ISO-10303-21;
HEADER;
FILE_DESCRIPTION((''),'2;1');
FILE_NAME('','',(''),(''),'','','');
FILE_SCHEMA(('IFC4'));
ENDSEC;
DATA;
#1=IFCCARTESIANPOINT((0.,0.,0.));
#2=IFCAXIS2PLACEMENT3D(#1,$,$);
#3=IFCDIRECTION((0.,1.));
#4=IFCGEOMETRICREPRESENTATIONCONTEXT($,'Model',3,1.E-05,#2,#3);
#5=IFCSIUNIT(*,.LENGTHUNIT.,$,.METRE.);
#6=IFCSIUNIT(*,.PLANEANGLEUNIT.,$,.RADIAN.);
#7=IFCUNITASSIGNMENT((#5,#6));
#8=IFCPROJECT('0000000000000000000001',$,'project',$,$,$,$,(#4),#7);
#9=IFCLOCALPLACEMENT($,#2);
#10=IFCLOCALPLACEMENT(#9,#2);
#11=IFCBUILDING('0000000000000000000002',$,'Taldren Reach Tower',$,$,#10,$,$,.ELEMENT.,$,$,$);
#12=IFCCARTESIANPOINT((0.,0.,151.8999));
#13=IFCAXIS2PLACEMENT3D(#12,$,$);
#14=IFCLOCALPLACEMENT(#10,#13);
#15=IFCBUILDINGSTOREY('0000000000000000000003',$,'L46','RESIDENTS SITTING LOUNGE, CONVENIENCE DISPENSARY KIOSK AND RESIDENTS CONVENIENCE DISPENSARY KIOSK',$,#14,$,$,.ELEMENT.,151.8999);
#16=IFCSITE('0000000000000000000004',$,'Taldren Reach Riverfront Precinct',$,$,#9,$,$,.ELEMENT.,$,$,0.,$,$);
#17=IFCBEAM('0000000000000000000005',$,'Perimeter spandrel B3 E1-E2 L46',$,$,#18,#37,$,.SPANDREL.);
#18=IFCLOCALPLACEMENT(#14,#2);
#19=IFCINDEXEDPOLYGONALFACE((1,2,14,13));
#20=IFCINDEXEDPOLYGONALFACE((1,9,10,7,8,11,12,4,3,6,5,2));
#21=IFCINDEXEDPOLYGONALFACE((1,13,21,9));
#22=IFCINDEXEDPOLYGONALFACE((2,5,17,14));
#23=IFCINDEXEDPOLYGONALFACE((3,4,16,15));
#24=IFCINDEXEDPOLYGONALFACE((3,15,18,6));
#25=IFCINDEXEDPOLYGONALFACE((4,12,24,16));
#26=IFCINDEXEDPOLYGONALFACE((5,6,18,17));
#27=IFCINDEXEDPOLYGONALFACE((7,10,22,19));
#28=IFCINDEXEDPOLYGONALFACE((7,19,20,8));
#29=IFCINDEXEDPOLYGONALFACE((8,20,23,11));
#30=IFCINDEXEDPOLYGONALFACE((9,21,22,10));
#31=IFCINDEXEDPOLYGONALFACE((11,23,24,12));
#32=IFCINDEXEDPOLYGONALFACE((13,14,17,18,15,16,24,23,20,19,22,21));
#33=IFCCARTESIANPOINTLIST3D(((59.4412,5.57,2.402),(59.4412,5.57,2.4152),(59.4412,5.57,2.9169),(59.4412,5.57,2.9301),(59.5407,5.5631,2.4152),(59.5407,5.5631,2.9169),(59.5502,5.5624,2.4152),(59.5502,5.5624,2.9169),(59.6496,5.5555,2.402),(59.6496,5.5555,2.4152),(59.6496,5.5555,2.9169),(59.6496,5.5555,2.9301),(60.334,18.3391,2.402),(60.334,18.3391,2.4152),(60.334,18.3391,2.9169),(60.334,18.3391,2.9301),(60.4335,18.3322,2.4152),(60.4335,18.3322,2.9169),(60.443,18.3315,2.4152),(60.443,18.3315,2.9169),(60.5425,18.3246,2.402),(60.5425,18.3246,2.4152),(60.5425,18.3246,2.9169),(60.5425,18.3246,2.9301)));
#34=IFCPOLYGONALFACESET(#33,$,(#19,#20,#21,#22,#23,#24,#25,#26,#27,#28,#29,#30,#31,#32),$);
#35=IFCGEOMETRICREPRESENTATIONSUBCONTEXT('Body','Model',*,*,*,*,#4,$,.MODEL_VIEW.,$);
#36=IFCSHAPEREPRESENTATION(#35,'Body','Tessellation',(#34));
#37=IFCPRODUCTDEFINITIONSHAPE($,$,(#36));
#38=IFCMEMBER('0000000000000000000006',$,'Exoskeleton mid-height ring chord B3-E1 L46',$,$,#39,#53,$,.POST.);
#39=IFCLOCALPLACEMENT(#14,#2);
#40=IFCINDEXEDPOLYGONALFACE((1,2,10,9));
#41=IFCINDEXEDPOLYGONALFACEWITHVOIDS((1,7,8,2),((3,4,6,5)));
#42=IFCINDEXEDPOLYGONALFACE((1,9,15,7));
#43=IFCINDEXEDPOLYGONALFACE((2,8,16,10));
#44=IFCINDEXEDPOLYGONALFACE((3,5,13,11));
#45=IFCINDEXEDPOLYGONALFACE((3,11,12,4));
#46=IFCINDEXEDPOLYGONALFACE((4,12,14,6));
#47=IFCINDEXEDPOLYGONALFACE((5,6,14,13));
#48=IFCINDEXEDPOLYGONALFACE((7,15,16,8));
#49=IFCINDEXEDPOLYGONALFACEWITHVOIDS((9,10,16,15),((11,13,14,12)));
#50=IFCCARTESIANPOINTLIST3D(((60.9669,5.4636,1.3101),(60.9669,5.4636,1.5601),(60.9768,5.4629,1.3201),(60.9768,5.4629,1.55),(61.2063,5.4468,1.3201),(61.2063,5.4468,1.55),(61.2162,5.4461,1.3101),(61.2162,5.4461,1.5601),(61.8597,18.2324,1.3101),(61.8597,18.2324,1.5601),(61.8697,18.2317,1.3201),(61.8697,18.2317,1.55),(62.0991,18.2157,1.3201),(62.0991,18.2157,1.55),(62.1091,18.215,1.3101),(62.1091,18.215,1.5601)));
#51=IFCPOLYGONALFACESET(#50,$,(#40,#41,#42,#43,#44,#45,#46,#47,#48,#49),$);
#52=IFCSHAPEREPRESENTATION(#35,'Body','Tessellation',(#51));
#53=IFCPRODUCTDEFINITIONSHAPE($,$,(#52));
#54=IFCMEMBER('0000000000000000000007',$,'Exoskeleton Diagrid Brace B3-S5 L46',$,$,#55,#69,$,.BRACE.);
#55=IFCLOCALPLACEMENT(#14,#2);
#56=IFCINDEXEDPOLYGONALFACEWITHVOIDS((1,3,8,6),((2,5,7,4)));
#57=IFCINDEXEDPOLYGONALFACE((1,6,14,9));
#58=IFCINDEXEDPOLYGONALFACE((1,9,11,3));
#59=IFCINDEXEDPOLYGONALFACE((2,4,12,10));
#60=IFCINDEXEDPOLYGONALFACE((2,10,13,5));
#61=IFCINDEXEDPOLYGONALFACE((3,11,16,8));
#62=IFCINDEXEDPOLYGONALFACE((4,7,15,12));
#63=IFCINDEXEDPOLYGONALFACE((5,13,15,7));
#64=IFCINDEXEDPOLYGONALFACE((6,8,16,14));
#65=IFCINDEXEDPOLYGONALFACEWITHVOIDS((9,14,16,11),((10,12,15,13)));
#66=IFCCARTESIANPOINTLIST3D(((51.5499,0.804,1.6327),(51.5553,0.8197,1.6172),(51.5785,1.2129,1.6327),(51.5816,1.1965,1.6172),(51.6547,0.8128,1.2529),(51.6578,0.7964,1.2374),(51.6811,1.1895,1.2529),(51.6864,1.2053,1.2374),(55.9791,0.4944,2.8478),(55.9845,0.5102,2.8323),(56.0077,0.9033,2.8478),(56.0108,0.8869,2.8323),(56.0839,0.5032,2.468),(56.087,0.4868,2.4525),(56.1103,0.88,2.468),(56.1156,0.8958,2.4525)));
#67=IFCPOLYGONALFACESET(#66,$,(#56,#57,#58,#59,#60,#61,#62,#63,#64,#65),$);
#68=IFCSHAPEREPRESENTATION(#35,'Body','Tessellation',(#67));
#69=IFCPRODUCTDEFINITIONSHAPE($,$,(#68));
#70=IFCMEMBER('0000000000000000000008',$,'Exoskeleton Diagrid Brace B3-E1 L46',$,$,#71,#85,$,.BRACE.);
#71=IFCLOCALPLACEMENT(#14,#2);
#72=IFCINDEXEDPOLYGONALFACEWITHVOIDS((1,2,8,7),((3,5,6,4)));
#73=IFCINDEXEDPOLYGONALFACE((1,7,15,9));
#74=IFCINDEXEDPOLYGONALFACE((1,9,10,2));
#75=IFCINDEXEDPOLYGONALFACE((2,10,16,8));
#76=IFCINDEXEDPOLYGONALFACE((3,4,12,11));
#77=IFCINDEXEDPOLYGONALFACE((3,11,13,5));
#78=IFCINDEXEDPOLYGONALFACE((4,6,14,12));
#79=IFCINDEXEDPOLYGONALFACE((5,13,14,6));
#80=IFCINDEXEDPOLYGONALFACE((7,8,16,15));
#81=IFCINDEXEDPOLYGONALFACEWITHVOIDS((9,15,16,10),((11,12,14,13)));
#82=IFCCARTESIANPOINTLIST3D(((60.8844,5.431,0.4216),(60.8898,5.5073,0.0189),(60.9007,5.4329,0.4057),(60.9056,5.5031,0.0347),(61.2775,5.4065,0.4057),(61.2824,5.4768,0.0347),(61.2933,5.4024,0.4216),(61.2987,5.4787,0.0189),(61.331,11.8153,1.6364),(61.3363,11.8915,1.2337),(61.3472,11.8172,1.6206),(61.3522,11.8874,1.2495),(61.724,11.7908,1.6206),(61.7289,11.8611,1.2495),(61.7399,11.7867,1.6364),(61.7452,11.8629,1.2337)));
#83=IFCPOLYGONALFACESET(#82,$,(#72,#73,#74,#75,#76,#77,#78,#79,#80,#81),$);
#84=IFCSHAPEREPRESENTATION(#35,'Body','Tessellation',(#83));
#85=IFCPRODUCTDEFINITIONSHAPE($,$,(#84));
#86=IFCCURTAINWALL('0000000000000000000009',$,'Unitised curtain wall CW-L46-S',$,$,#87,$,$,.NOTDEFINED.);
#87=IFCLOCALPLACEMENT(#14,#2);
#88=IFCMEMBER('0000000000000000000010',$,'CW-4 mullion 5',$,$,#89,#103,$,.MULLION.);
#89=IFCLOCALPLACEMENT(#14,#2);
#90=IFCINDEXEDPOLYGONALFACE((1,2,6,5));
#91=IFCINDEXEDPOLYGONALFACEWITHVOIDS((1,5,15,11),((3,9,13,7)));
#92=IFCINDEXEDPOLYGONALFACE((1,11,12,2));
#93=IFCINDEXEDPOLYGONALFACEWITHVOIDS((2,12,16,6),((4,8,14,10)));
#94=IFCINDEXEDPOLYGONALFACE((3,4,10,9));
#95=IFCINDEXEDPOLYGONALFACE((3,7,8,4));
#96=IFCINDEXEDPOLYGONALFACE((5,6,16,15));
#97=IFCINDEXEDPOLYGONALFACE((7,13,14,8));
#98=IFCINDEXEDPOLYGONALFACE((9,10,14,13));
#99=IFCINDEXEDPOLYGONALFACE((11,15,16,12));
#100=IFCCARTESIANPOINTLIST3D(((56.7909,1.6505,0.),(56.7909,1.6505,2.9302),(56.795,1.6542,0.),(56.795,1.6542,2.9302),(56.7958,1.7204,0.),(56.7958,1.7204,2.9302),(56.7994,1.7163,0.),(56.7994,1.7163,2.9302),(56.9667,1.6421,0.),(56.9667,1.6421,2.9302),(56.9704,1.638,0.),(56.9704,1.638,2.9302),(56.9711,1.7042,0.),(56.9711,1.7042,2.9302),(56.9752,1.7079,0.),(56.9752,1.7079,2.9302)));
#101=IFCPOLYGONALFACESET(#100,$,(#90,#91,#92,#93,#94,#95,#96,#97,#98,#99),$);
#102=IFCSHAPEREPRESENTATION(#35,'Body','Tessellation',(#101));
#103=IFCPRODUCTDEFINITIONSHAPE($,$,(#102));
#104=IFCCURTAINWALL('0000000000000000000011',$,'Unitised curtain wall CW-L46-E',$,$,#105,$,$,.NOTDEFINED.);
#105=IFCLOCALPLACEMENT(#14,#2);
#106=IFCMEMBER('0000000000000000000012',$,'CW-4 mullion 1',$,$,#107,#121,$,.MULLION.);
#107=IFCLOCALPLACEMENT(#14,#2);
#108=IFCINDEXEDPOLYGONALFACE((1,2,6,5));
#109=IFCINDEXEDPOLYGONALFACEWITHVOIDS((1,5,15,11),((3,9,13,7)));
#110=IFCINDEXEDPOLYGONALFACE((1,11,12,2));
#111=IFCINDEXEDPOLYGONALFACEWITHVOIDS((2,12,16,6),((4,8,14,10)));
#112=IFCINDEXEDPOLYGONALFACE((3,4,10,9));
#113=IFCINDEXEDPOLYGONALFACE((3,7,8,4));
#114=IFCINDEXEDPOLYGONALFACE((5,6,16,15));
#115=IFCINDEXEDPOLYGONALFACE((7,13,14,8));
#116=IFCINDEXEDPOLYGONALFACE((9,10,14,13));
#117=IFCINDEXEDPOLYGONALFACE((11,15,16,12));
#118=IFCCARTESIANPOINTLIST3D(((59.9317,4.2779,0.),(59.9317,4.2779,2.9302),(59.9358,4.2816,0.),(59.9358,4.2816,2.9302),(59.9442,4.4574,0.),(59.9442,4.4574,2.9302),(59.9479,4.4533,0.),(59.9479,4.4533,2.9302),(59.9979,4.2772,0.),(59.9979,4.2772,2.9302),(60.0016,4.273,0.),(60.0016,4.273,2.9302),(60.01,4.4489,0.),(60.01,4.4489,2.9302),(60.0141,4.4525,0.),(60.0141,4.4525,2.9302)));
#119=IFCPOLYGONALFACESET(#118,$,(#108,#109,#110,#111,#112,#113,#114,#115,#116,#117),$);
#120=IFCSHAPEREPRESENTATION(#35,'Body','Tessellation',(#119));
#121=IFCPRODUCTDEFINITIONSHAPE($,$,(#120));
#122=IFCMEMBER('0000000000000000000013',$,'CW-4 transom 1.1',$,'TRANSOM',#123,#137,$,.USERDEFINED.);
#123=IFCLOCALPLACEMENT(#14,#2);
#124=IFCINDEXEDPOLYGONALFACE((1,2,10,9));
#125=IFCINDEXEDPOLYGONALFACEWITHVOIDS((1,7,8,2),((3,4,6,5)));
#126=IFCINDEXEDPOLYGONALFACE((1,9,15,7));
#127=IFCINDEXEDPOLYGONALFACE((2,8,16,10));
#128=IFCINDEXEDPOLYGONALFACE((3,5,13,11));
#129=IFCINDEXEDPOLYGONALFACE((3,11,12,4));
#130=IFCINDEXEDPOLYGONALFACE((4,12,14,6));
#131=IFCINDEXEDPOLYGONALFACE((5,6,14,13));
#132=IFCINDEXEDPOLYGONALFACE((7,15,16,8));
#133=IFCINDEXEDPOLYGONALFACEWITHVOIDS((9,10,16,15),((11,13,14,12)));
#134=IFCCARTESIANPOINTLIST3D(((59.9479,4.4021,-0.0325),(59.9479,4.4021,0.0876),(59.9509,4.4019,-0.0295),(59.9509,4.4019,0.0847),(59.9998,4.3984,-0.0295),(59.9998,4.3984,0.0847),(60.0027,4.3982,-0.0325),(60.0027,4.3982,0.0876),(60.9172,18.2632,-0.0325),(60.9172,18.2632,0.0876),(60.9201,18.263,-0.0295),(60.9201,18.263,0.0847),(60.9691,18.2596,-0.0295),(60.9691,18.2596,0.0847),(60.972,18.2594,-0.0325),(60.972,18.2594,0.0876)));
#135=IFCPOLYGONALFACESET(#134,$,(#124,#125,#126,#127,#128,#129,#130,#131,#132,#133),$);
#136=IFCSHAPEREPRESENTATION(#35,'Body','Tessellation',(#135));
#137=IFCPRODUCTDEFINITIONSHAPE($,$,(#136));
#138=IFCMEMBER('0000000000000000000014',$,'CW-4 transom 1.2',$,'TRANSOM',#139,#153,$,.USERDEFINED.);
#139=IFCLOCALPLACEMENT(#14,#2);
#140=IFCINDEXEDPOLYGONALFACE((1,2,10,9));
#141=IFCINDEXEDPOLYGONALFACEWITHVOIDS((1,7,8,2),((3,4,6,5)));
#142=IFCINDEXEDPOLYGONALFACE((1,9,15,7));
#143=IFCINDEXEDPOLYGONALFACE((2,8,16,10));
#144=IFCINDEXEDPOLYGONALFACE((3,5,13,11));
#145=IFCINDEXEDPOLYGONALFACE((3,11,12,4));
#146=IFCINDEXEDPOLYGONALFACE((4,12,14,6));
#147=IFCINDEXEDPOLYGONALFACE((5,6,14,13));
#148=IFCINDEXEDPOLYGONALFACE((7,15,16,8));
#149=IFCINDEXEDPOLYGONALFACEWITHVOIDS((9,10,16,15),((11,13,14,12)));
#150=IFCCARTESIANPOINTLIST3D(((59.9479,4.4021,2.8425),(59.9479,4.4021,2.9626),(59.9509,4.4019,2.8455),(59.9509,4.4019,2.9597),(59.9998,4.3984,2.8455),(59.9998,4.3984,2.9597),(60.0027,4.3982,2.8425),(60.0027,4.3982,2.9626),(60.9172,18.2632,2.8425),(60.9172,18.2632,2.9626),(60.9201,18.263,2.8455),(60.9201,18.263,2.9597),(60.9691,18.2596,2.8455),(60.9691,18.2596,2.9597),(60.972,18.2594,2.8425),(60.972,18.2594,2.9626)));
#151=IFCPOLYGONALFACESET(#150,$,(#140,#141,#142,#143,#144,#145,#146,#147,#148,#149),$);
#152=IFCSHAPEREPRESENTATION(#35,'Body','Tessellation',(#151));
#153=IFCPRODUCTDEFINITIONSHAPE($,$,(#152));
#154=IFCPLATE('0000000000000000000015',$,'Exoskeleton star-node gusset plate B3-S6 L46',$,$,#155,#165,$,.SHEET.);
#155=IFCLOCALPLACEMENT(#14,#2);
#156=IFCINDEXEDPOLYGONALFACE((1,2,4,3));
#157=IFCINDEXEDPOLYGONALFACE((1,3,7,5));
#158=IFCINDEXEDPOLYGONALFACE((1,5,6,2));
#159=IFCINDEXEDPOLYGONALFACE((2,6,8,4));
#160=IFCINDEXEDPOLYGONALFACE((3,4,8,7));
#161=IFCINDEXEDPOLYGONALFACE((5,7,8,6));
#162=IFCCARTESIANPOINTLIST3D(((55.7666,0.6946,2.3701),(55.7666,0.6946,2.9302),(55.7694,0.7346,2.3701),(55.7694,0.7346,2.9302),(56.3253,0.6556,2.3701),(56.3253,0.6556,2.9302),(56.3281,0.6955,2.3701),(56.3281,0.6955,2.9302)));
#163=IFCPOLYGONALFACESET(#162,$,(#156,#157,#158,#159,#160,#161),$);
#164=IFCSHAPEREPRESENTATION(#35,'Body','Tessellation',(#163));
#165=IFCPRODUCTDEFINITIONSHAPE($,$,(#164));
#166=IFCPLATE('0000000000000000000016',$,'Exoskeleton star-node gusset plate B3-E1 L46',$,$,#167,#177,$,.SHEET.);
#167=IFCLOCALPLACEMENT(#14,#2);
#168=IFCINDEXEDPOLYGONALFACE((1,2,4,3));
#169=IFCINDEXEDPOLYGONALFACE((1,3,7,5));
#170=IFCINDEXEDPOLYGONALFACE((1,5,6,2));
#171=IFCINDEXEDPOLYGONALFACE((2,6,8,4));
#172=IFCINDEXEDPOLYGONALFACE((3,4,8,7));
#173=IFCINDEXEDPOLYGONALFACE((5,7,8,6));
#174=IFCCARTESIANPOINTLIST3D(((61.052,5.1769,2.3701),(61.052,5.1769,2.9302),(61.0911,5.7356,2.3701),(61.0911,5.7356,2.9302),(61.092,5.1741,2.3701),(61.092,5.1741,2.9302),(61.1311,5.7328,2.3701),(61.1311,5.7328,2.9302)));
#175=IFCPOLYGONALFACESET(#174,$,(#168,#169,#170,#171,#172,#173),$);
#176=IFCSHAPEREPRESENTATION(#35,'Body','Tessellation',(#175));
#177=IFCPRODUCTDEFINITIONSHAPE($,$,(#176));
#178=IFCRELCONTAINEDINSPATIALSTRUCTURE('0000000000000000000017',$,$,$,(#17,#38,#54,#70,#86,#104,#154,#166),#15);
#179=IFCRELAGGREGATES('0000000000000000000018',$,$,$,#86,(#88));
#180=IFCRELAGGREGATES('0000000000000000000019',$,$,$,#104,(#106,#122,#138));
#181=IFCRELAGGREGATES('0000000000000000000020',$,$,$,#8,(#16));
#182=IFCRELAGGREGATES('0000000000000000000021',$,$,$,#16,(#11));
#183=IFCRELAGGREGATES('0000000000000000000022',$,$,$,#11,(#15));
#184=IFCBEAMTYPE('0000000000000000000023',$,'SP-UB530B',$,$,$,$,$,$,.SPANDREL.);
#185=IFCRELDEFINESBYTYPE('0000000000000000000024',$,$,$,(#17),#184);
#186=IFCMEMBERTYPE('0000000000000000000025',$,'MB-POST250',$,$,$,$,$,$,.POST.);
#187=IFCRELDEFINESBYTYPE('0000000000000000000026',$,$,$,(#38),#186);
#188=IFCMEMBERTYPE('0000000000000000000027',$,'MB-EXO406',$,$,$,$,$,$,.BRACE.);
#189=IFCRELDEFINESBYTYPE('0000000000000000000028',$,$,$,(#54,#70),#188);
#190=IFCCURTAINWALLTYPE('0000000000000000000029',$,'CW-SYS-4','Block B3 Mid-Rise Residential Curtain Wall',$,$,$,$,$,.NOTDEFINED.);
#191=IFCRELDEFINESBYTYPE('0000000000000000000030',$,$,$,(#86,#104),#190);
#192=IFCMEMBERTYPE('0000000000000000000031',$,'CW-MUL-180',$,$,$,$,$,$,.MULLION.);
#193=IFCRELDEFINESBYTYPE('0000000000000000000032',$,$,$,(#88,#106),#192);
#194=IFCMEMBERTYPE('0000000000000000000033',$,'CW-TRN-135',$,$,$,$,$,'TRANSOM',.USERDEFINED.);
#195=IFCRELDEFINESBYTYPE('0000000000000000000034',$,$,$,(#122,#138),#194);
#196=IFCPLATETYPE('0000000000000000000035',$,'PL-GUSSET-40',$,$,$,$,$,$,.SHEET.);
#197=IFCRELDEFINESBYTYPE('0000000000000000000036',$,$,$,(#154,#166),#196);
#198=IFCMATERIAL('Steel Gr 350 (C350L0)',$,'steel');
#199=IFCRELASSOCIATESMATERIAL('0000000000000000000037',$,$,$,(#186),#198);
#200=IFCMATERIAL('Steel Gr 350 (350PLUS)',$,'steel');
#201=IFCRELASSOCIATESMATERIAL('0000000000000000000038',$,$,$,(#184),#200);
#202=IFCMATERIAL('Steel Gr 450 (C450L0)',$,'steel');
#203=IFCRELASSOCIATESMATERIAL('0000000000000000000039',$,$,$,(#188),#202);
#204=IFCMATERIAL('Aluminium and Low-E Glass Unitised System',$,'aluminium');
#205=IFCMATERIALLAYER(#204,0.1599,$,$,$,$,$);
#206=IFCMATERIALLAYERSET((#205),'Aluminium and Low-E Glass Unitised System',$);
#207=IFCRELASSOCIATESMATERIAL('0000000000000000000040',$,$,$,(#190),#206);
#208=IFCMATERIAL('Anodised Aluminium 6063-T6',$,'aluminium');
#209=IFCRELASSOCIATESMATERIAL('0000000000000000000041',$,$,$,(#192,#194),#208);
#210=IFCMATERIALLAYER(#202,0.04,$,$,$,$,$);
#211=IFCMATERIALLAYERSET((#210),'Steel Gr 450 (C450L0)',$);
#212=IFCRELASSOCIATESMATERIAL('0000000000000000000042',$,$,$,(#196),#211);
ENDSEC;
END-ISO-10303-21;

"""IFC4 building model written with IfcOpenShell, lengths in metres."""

from ifc_helpers import new_model, si_unit, direction, frame, origin, origin_2d, place, context, subcontext, project, spatial, rectangle, hollow_rectangle, i_section, extrude, source, transform, mapped, material, layer, layer_set, material_profile, profile_set, type_object, element, aggregate, save


model = new_model("IFC4")

# Units and contexts
model_context = context("Model", 3, precision=1e-05, world=origin(), true_north=direction((0.0, 1.0)))
body_context = subcontext(model_context, "Body", "Model", "MODEL_VIEW")
ifc_project = project(units=[si_unit("LENGTHUNIT", "METRE"), si_unit("PLANEANGLEUNIT", "RADIAN")], contexts=[model_context])

# Site, building, storey
site_placement = place(None, origin())
site = spatial("IfcSite", under=ifc_project, at=site_placement, Name="Taldren Reach Riverfront Precinct", CompositionType="ELEMENT", RefElevation=0.0)
building_placement = place(site_placement, origin())
building = spatial("IfcBuilding", under=site, at=building_placement, Name="Taldren Reach Tower", CompositionType="ELEMENT")
storey_placement = place(building_placement, frame((0.0, 0.0, 151.8999)))
storey = spatial("IfcBuildingStorey", under=building, at=storey_placement, Name="L46", Description="RESIDENTS SITTING LOUNGE, CONVENIENCE DISPENSARY KIOSK AND RESIDENTS CONVENIENCE DISPENSARY KIOSK", CompositionType="ELEMENT", Elevation=151.8999)

# Shared definitions
ifc_material_1 = material(Name="Steel Gr 450 (C450L0)", Category="steel")
ifc_material_2 = material(Name="Steel Gr 350 (350PLUS)", Category="steel")

# Shared definitions
ifc_material_3 = material(Name="Steel Gr 350 (C350L0)", Category="steel")
ifc_material_profile_1 = material_profile(ifc_material_3, hollow_rectangle(XDim=0.25, YDim=0.25, WallThickness=0.01, at=origin_2d()), Name="250x250x10.0SHS")
ifc_profile_set_1 = profile_set([ifc_material_profile_1], Name="Steel Gr 350 (C350L0)")
member_type_1 = type_object("IfcMemberType", Name="MB-POST250", PredefinedType="POST", material=ifc_profile_set_1)

# Beam
ifc_material_profile_2 = material_profile(ifc_material_2, i_section(OverallWidth=0.209, OverallDepth=0.5281, WebThickness=0.0095, FlangeThickness=0.0132, at=origin_2d()), Name="530UB82.0")
ifc_profile_set_2 = profile_set([ifc_material_profile_2], Name="Steel Gr 350 (350PLUS)")
beam_type_1 = type_object("IfcBeamType", Name="SP-UB530B", PredefinedType="SPANDREL", material=ifc_profile_set_2)
shared_shape_1 = source(origin(), body_context, "Body", "SweptSolid", [
    extrude(i_section(OverallWidth=0.209, OverallDepth=0.5281, WebThickness=0.0095, FlangeThickness=0.0132, at=origin_2d()), origin(), (0.0, 0.0, 1.0), 12.8003),
])
beam_1_placement = place(storey_placement, frame((59.5454, 5.5627, 2.666), z_axis=(0.069751, 0.997564, 0.0), x_axis=(-0.997564, 0.069751, 0.0)))
element("IfcBeam", 1, at=beam_1_placement, inside=storey, type_object=beam_type_1, Name="Perimeter spandrel B3 E1-E2 L46", PredefinedType="SPANDREL", context=body_context, shape_type="MappedRepresentation", body=[
    mapped(shared_shape_1, transform((0.0, 0.0, 0.0), scale=1.0)),
])

# Members
shared_shape_2 = source(origin(), body_context, "Body", "SweptSolid", [
    extrude(hollow_rectangle(XDim=0.25, YDim=0.25, WallThickness=0.01, at=origin_2d()), origin(), (0.0, 0.0, 1.0), 12.8),
])
member_1_placement = place(storey_placement, frame((61.0916, 5.4548, 1.4351), z_axis=(0.069752, 0.997564, 0.0), x_axis=(-0.997564, 0.069752, 0.0)))
element("IfcMember", 2, at=member_1_placement, inside=storey, type_object=member_type_1, Name="Exoskeleton mid-height ring chord B3-E1 L46", PredefinedType="POST", context=body_context, shape_type="MappedRepresentation", body=[
    mapped(shared_shape_2, transform((0.0, 0.0, 0.0), scale=1.0)),
])
ifc_material_profile_3 = material_profile(ifc_material_1, hollow_rectangle(XDim=0.4099, YDim=0.4099, WallThickness=0.0161, at=origin_2d()), Name="410x410x16.0SHS")
ifc_profile_set_3 = profile_set([ifc_material_profile_3], Name="Steel Gr 450 (C450L0)")
member_type_2 = type_object("IfcMemberType", Name="MB-EXO406", PredefinedType="BRACE", material=ifc_profile_set_3)
shared_shape_3 = source(origin(), body_context, "Body", "SweptSolid", [
    extrude(hollow_rectangle(XDim=0.4099, YDim=0.4099, WallThickness=0.0161, at=origin_2d()), origin(), (0.0, 0.0, 1.0), 4.6033),
])
member_2_placement = place(storey_placement, frame((51.6182, 1.0046, 1.4351), z_axis=(0.962186, -0.06725, 0.263962), x_axis=(0.069723, 0.997566, 0.0)))
element("IfcMember", 3, at=member_2_placement, inside=storey, type_object=member_type_2, Name="Exoskeleton Diagrid Brace B3-S5 L46", PredefinedType="BRACE", context=body_context, shape_type="MappedRepresentation", body=[
    mapped(shared_shape_3, transform((0.0, 0.0, 0.0), scale=1.0)),
])
shared_shape_4 = source(origin(), body_context, "Body", "SweptSolid", [
    extrude(hollow_rectangle(XDim=0.4099, YDim=0.4099, WallThickness=0.0161, at=origin_2d()), origin(), (0.0, 0.0, 1.0), 6.5142),
])
member_3_placement = place(storey_placement, frame((61.0916, 5.4548, 0.2202), z_axis=(0.068548, 0.980062, 0.186493), x_axis=(-0.997563, 0.069772, 0.0)))
element("IfcMember", 4, at=member_3_placement, inside=storey, type_object=member_type_2, Name="Exoskeleton Diagrid Brace B3-E1 L46", PredefinedType="BRACE", context=body_context, shape_type="MappedRepresentation", body=[
    mapped(shared_shape_4, transform((0.0, 0.0, 0.0), scale=1.0)),
])

# Curtain wall, member
ifc_material_4 = material(Name="Aluminium and Low-E Glass Unitised System", Category="aluminium")
ifc_layer_1 = layer(ifc_material_4, 0.1599)
ifc_layer_set_1 = layer_set([ifc_layer_1], Name="Aluminium and Low-E Glass Unitised System")
curtain_wall_type = type_object("IfcCurtainWallType", Name="CW-SYS-4", Description="Block B3 Mid-Rise Residential Curtain Wall", PredefinedType="NOTDEFINED", material=ifc_layer_set_1)
curtain_wall_1_placement = place(storey_placement, origin())
curtain_wall_1 = element("IfcCurtainWall", 5, at=curtain_wall_1_placement, inside=storey, type_object=curtain_wall_type, Name="Unitised curtain wall CW-L46-S", PredefinedType="NOTDEFINED")
ifc_material_5 = material(Name="Anodised Aluminium 6063-T6", Category="aluminium")
ifc_material_profile_4 = material_profile(ifc_material_5, hollow_rectangle(XDim=0.0701, YDim=0.1799, WallThickness=0.0039, at=origin_2d()), Name="ALU-180x70x4RHS")
ifc_profile_set_4 = profile_set([ifc_material_profile_4], Name="Anodised Aluminium 6063-T6")
member_type_3 = type_object("IfcMemberType", Name="CW-MUL-180", PredefinedType="MULLION", material=ifc_profile_set_4)
shared_shape_5 = source(origin(), body_context, "Body", "SweptSolid", [
    extrude(hollow_rectangle(XDim=0.0701, YDim=0.1799, WallThickness=0.0039, at=origin_2d()), origin(), (0.0, 0.0, 1.0), 2.9302),
])
member_4_placement = place(storey_placement, frame((56.8831, 1.6792, 0.0), z_axis=(0.0, 0.0, 1.0), x_axis=(0.069757, 0.997564, 0.0)))
member_4 = element("IfcMember", 6, at=member_4_placement, type_object=member_type_3, Name="CW-4 mullion 5", PredefinedType="MULLION", context=body_context, shape_type="MappedRepresentation", body=[
    mapped(shared_shape_5, transform((0.0, 0.0, 0.0), scale=1.0)),
])

# Curtain wall, members
curtain_wall_2_placement = place(storey_placement, origin())
curtain_wall_2 = element("IfcCurtainWall", 7, at=curtain_wall_2_placement, inside=storey, type_object=curtain_wall_type, Name="Unitised curtain wall CW-L46-E", PredefinedType="NOTDEFINED")
member_5_placement = place(storey_placement, frame((59.9729, 4.3652, 0.0), z_axis=(0.0, 0.0, 1.0), x_axis=(-0.997564, 0.069756, 0.0)))
member_5 = element("IfcMember", 8, at=member_5_placement, type_object=member_type_3, Name="CW-4 mullion 1", PredefinedType="MULLION", context=body_context, shape_type="MappedRepresentation", body=[
    mapped(shared_shape_5, transform((0.0, 0.0, 0.0), scale=1.0)),
])
ifc_material_profile_5 = material_profile(ifc_material_5, hollow_rectangle(XDim=0.0549, YDim=0.1201, WallThickness=0.0029, at=origin_2d()), Name="ALU-120x55x3RHS")
ifc_profile_set_5 = profile_set([ifc_material_profile_5], Name="Anodised Aluminium 6063-T6")
member_type_4 = type_object("IfcMemberType", Name="CW-TRN-135", ElementType="TRANSOM", PredefinedType="USERDEFINED", material=ifc_profile_set_5)
shared_shape_6 = source(origin(), body_context, "Body", "SweptSolid", [
    extrude(hollow_rectangle(XDim=0.0549, YDim=0.1201, WallThickness=0.0029, at=origin_2d()), origin(), (0.0, 0.0, 1.0), 13.895),
])
member_6_placement = place(storey_placement, frame((59.9753, 4.4001, 0.0276), z_axis=(0.069755, 0.997564, 0.0), x_axis=(-0.997564, 0.069755, 0.0)))
member_6 = element("IfcMember", 9, at=member_6_placement, type_object=member_type_4, Name="CW-4 transom 1.1", ObjectType="TRANSOM", PredefinedType="USERDEFINED", context=body_context, shape_type="MappedRepresentation", body=[
    mapped(shared_shape_6, transform((0.0, 0.0, 0.0), scale=1.0)),
])
member_7_placement = place(storey_placement, frame((59.9753, 4.4001, 2.9026), z_axis=(0.069755, 0.997564, 0.0), x_axis=(-0.997564, 0.069755, 0.0)))
member_7 = element("IfcMember", 10, at=member_7_placement, type_object=member_type_4, Name="CW-4 transom 1.2", ObjectType="TRANSOM", PredefinedType="USERDEFINED", context=body_context, shape_type="MappedRepresentation", body=[
    mapped(shared_shape_6, transform((0.0, 0.0, 0.0), scale=1.0)),
])

# Plates
ifc_layer_2 = layer(ifc_material_1, 0.04)
ifc_layer_set_2 = layer_set([ifc_layer_2], Name="Steel Gr 450 (C450L0)")
plate_type_1 = type_object("IfcPlateType", Name="PL-GUSSET-40", PredefinedType="SHEET", material=ifc_layer_set_2)
shared_shape_7 = source(origin(), body_context, "Body", "SweptSolid", [
    extrude(rectangle(XDim=0.5601, YDim=0.04, at=origin_2d()), origin(), (0.0, 0.0, 1.0), 0.5601),
])
for number, where, z_axis, x_axis, name in (
    (11, (56.0474, 0.6951, 2.3701), (0.0, 0.0, 1.0), (0.997564, -0.069756, 0.0), "Exoskeleton star-node gusset plate B3-S6 L46"),
    (12, (61.0916, 5.4548, 2.3701), (0.0, 0.0, 1.0), (0.069756, 0.997564, 0.0), "Exoskeleton star-node gusset plate B3-E1 L46"),
):
    element("IfcPlate", number, at=place(storey_placement, frame(where, z_axis=z_axis, x_axis=x_axis)), inside=storey, type_object=plate_type_1, Name=name, PredefinedType="SHEET", context=body_context, shape_type="MappedRepresentation", body=[
        mapped(shared_shape_7, transform((0.0, 0.0, 0.0), scale=1.0)),
    ])

aggregate(curtain_wall_1, [member_4])
aggregate(curtain_wall_2, [member_5, member_6, member_7])

save(model, "model.ifc")
